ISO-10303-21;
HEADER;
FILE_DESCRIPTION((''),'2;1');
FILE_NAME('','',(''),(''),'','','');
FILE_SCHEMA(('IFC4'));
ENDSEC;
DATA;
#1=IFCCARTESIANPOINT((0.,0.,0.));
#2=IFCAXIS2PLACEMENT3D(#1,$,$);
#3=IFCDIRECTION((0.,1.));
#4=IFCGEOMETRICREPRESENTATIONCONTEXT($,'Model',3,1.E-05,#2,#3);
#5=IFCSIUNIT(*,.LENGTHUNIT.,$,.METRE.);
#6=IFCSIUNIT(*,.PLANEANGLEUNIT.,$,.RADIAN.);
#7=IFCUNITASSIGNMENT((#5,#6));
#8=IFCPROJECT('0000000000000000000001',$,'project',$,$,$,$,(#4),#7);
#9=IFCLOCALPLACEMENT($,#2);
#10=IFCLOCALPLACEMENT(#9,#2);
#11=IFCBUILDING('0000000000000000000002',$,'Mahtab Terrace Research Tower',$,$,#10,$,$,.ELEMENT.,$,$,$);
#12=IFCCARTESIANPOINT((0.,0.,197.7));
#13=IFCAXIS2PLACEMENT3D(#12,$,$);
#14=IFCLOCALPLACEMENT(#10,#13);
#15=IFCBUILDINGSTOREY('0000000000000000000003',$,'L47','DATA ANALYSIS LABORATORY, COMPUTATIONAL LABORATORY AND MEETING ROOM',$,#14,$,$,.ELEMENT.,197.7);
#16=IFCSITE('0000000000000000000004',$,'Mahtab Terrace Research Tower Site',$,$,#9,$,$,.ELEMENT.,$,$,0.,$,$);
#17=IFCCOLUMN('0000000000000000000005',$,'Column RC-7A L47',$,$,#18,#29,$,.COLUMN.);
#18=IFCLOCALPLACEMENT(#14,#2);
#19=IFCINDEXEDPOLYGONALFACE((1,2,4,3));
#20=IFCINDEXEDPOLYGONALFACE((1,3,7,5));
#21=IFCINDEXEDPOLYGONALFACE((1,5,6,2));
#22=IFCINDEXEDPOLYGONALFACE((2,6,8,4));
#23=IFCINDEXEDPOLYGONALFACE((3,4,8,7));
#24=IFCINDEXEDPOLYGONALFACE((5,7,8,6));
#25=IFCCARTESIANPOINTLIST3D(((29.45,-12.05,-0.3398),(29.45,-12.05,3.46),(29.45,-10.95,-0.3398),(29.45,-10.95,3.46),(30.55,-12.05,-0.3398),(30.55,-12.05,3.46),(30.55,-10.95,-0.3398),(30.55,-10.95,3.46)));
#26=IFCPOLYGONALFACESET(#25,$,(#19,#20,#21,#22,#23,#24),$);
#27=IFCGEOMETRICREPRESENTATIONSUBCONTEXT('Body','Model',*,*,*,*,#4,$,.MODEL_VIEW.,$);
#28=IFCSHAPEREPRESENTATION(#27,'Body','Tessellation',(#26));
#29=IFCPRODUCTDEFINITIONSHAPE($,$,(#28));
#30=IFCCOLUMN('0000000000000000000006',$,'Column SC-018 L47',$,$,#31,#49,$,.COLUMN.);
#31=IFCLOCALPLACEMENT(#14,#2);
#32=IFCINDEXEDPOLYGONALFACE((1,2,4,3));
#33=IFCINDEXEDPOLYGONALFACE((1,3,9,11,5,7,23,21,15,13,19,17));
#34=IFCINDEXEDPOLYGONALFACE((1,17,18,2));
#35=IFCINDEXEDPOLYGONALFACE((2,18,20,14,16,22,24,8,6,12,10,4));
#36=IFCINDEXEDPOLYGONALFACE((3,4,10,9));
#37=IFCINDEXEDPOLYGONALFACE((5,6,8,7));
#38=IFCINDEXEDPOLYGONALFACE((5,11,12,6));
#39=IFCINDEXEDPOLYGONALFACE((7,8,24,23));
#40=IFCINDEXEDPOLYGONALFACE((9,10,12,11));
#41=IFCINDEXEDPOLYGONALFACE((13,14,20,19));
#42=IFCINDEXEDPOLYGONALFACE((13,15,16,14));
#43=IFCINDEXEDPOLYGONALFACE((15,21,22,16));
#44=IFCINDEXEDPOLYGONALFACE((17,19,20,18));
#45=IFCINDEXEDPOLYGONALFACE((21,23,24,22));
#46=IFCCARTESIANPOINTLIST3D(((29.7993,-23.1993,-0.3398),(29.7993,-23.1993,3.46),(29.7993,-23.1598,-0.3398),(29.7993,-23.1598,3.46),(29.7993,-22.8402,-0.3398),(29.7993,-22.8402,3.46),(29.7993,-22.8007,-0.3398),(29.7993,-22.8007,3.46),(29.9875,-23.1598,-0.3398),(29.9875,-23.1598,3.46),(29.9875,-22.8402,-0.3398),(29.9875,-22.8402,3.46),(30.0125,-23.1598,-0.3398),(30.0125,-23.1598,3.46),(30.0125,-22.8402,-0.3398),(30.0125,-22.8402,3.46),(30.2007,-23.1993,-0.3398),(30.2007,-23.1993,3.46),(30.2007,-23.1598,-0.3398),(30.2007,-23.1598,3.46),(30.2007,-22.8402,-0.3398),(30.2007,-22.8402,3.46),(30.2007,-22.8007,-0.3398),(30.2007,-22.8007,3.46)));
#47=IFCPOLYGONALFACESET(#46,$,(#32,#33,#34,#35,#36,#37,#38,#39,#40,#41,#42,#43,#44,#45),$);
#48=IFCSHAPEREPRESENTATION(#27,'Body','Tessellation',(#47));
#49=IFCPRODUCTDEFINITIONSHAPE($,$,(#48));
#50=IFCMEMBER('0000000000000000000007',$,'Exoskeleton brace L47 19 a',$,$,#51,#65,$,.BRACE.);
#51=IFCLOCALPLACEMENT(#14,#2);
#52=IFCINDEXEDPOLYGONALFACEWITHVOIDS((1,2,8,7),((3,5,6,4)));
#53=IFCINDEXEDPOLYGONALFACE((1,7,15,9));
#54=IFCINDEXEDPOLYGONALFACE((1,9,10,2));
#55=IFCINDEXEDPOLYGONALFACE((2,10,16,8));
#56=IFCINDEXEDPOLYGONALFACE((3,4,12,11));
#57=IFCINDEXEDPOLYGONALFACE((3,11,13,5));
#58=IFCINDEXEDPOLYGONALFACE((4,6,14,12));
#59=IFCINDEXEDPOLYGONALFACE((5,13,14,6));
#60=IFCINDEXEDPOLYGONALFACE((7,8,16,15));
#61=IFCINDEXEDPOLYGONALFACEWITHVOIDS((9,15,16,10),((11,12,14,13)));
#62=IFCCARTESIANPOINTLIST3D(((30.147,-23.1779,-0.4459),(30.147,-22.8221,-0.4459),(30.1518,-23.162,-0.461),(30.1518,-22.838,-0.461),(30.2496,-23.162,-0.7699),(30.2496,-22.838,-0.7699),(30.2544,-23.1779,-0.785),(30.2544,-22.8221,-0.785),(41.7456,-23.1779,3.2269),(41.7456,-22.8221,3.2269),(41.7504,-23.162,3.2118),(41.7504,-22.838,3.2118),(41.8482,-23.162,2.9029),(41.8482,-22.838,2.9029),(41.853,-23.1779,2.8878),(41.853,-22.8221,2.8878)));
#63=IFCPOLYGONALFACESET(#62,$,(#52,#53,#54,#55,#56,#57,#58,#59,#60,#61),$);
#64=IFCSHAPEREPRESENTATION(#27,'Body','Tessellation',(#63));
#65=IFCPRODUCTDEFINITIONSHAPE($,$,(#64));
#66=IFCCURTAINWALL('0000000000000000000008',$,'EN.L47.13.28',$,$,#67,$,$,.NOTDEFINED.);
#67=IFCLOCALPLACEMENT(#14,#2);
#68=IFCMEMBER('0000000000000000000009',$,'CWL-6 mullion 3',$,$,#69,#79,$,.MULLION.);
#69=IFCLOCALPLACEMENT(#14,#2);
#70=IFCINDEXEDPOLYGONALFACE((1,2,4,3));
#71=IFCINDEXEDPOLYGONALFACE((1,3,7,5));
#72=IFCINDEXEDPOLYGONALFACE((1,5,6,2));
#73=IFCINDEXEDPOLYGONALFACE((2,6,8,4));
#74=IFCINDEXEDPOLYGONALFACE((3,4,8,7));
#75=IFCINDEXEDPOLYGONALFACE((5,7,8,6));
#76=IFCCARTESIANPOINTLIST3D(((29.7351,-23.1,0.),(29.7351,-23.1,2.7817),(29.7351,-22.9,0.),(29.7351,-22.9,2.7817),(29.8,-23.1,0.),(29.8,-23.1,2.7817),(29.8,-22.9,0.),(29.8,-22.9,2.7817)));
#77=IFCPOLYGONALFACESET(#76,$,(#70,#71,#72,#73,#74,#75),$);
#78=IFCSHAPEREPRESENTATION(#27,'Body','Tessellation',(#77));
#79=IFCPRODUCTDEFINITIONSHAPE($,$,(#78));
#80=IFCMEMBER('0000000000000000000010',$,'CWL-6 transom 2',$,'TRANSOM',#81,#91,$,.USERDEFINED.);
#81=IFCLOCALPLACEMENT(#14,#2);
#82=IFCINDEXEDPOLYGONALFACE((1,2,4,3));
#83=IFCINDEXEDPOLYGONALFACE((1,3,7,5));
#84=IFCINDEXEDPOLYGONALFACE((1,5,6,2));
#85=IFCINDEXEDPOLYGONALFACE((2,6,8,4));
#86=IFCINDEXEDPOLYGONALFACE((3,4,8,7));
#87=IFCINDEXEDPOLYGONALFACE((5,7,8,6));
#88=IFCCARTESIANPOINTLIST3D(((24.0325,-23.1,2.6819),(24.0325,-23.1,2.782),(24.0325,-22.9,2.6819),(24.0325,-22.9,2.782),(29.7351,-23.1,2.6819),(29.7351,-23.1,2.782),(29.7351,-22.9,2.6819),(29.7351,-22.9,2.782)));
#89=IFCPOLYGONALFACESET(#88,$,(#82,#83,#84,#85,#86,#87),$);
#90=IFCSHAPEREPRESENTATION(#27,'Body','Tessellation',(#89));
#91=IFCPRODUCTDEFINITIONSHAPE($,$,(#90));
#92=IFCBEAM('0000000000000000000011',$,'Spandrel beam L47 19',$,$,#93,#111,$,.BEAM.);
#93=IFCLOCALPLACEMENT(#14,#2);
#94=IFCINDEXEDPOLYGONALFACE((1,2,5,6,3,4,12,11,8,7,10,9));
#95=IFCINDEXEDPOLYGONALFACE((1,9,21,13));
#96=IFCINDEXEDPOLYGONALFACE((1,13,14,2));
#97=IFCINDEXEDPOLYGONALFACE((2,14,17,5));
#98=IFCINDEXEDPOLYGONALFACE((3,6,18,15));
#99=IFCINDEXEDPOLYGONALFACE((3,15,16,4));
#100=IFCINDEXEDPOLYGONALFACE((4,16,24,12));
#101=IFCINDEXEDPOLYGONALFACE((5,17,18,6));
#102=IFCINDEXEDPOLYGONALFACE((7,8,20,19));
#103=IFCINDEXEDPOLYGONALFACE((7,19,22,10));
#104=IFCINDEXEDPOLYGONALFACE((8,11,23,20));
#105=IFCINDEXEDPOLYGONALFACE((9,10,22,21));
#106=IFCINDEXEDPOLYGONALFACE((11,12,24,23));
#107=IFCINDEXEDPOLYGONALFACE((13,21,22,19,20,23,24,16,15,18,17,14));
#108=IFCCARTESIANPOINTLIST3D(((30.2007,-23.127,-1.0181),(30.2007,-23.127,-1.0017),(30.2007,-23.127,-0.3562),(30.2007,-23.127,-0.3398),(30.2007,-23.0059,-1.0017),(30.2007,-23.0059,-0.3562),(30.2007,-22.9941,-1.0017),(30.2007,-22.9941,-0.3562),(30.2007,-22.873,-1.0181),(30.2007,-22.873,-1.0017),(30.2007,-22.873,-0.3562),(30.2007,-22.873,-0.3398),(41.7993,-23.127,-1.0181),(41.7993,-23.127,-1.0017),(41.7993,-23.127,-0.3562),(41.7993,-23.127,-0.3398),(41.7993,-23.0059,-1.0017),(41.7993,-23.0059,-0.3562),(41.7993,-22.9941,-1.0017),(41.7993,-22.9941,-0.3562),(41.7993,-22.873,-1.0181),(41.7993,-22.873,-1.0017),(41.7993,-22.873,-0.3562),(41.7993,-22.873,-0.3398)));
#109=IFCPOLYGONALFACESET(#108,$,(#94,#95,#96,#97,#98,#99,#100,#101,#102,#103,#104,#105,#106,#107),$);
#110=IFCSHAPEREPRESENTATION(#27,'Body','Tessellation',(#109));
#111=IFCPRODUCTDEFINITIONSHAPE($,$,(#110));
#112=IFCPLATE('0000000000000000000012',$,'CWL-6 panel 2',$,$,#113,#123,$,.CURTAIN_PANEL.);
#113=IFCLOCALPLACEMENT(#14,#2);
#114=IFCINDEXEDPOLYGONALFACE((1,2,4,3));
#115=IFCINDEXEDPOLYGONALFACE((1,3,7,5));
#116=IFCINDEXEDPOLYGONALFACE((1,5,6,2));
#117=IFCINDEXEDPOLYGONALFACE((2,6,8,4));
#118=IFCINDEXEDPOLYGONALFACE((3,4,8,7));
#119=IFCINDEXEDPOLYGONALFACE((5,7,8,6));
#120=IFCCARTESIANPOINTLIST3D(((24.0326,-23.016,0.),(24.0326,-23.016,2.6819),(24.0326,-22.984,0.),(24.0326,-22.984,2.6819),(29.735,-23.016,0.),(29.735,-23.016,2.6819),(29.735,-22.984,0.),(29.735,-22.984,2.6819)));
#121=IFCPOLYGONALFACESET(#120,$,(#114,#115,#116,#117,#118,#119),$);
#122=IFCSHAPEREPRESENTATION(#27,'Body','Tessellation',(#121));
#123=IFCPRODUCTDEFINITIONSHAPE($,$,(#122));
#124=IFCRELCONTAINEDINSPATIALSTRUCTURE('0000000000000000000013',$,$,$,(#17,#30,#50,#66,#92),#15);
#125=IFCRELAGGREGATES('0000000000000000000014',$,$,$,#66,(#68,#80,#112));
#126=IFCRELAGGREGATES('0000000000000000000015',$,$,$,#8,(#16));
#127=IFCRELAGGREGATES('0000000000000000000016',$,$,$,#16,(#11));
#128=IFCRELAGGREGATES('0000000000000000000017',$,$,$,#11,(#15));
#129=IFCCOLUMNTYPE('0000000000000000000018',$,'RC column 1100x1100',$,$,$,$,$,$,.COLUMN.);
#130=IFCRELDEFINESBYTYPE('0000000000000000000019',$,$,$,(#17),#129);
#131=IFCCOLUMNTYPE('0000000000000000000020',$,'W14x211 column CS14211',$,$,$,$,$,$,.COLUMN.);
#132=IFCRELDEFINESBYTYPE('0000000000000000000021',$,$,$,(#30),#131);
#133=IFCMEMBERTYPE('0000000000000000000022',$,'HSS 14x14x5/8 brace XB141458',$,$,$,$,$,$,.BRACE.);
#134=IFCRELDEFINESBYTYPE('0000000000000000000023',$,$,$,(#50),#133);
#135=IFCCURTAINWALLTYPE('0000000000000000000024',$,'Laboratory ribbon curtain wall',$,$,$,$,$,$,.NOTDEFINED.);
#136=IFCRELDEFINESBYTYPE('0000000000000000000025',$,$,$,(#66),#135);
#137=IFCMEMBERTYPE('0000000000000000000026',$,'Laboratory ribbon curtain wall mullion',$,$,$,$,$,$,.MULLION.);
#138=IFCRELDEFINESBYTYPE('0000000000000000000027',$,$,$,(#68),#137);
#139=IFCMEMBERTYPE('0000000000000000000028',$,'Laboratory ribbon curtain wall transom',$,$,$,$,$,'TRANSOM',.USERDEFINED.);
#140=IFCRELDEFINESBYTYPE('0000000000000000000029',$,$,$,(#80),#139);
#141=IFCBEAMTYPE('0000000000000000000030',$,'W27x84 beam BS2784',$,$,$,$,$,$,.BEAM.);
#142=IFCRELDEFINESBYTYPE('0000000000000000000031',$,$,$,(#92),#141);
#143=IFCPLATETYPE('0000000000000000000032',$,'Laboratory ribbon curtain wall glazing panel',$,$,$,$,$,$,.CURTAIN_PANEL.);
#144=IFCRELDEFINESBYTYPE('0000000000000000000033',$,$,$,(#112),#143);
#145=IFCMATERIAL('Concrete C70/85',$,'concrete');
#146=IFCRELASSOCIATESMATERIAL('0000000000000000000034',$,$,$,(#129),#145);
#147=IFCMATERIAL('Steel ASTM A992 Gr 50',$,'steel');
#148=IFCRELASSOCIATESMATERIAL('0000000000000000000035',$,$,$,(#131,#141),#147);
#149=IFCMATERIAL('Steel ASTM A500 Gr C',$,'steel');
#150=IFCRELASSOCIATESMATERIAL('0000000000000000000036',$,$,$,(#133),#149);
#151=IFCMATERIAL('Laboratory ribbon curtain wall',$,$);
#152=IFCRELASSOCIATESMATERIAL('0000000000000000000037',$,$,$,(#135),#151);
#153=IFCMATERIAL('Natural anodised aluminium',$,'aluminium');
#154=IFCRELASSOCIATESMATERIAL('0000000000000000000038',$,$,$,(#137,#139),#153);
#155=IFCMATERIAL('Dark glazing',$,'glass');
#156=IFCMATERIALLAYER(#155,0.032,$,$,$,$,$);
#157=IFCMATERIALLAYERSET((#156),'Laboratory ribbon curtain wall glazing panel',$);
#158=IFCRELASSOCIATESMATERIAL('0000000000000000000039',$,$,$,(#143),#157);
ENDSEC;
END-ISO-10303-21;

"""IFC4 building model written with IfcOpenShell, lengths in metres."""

from ifc_helpers import new_model, si_unit, direction, frame, origin, origin_2d, place, context, subcontext, project, spatial, rectangle, hollow_rectangle, i_section, extrude, material, layer, layer_set, material_profile, profile_set, type_object, element, aggregate, save


model = new_model("IFC4")

# Units and contexts
model_context = context("Model", 3, precision=1e-05, world=origin(), true_north=direction((0.0, 1.0)))
body_context = subcontext(model_context, "Body", "Model", "MODEL_VIEW")
ifc_project = project(units=[si_unit("LENGTHUNIT", "METRE"), si_unit("PLANEANGLEUNIT", "RADIAN")], contexts=[model_context])

# Site, building, storey
site_placement = place(None, origin())
site = spatial("IfcSite", under=ifc_project, at=site_placement, Name="Mahtab Terrace Research Tower Site", CompositionType="ELEMENT", RefElevation=0.0)
building_placement = place(site_placement, origin())
building = spatial("IfcBuilding", under=site, at=building_placement, Name="Mahtab Terrace Research Tower", CompositionType="ELEMENT")
storey_placement = place(building_placement, frame((0.0, 0.0, 197.7)))
storey = spatial("IfcBuildingStorey", under=building, at=storey_placement, Name="L47", Description="DATA ANALYSIS LABORATORY, COMPUTATIONAL LABORATORY AND MEETING ROOM", CompositionType="ELEMENT", Elevation=197.7)

# Columns
ifc_material_1 = material(Name="Concrete C70/85", Category="concrete")
ifc_material_profile_1 = material_profile(ifc_material_1, rectangle(XDim=1.1001, YDim=1.1001, at=origin_2d()), Name="RC column 1100x1100")
ifc_profile_set_1 = profile_set([ifc_material_profile_1], Name="Concrete C70/85")
column_type_1 = type_object("IfcColumnType", Name="RC column 1100x1100", PredefinedType="COLUMN", material=ifc_profile_set_1)
column_1_placement = place(storey_placement, frame((30.0, -11.5, -0.3398), z_axis=(0.0, 0.0, 1.0), x_axis=(1.0, 0.0, 0.0)))
element("IfcColumn", 1, at=column_1_placement, inside=storey, type_object=column_type_1, Name="Column RC-7A L47", PredefinedType="COLUMN", context=body_context, shape_type="SweptSolid", body=[
    extrude(rectangle(XDim=1.1001, YDim=1.1001, at=origin_2d()), origin(), (0.0, 0.0, 1.0), 3.7998),
])
ifc_material_2 = material(Name="Steel ASTM A992 Gr 50", Category="steel")
ifc_material_profile_2 = material_profile(ifc_material_2, i_section(OverallWidth=0.4014, OverallDepth=0.3987, WebThickness=0.0249, FlangeThickness=0.0396, at=origin_2d()), Name="W14X211")
ifc_profile_set_2 = profile_set([ifc_material_profile_2], Name="Steel ASTM A992 Gr 50")
column_type_2 = type_object("IfcColumnType", Name="W14x211 column CS14211", PredefinedType="COLUMN", material=ifc_profile_set_2)
column_2_placement = place(storey_placement, frame((30.0, -23.0, -0.3398), z_axis=(0.0, 0.0, 1.0), x_axis=(1.0, 0.0, 0.0)))
element("IfcColumn", 2, at=column_2_placement, inside=storey, type_object=column_type_2, Name="Column SC-018 L47", PredefinedType="COLUMN", context=body_context, shape_type="SweptSolid", body=[
    extrude(i_section(OverallWidth=0.4014, OverallDepth=0.3987, WebThickness=0.0249, FlangeThickness=0.0396, at=origin_2d()), origin(), (0.0, 0.0, 1.0), 3.7998),
])

# Member
ifc_material_3 = material(Name="Steel ASTM A500 Gr C", Category="steel")
ifc_material_profile_3 = material_profile(ifc_material_3, hollow_rectangle(XDim=0.3557, YDim=0.3557, WallThickness=0.0159, at=origin_2d()), Name="HSS14X14X5/8")
ifc_profile_set_3 = profile_set([ifc_material_profile_3], Name="Steel ASTM A500 Gr C")
member_type_1 = type_object("IfcMemberType", Name="HSS 14x14x5/8 brace XB141458", PredefinedType="BRACE", material=ifc_profile_set_3)
member_1_placement = place(storey_placement, frame((30.2007, -23.0, -0.6155), z_axis=(0.953343, 0.0, 0.301888), x_axis=(0.0, 1.0, 0.0)))
element("IfcMember", 3, at=member_1_placement, inside=storey, type_object=member_type_1, Name="Exoskeleton brace L47 19 a", PredefinedType="BRACE", context=body_context, shape_type="SweptSolid", body=[
    extrude(hollow_rectangle(XDim=0.3557, YDim=0.3557, WallThickness=0.0159, at=origin_2d()), origin(), (0.0, 0.0, 1.0), 12.1663),
])

# Curtain wall, members
ifc_material_4 = material(Name="Laboratory ribbon curtain wall")
curtain_wall_type = type_object("IfcCurtainWallType", Name="Laboratory ribbon curtain wall", PredefinedType="NOTDEFINED", material=ifc_material_4)
curtain_wall_placement = place(storey_placement, origin())
curtain_wall = element("IfcCurtainWall", 4, at=curtain_wall_placement, inside=storey, type_object=curtain_wall_type, Name="EN.L47.13.28", PredefinedType="NOTDEFINED")
ifc_material_5 = material(Name="Natural anodised aluminium", Category="aluminium")
ifc_material_profile_4 = material_profile(ifc_material_5, rectangle(XDim=0.2, YDim=0.0649, at=origin_2d()), Name="MULLION 65x200")
ifc_profile_set_4 = profile_set([ifc_material_profile_4], Name="Natural anodised aluminium")
member_type_2 = type_object("IfcMemberType", Name="Laboratory ribbon curtain wall mullion", PredefinedType="MULLION", material=ifc_profile_set_4)
member_2_placement = place(storey_placement, frame((29.7676, -23.0, 0.0), z_axis=(0.0, 0.0, 1.0), x_axis=(0.0, 1.0, 0.0)))
member_2 = element("IfcMember", 5, at=member_2_placement, type_object=member_type_2, Name="CWL-6 mullion 3", PredefinedType="MULLION", context=body_context, shape_type="SweptSolid", body=[
    extrude(rectangle(XDim=0.2, YDim=0.0649, at=origin_2d()), origin(), (0.0, 0.0, 1.0), 2.7817),
])
ifc_material_profile_5 = material_profile(ifc_material_5, rectangle(XDim=0.2, YDim=0.1001, at=origin_2d()), Name="TRANSOM 100x200")
ifc_profile_set_5 = profile_set([ifc_material_profile_5], Name="Natural anodised aluminium")
member_type_3 = type_object("IfcMemberType", Name="Laboratory ribbon curtain wall transom", ElementType="TRANSOM", PredefinedType="USERDEFINED", material=ifc_profile_set_5)
member_3_placement = place(storey_placement, frame((24.0325, -23.0, 2.7319), z_axis=(1.0, 0.0, 0.0), x_axis=(0.0, 1.0, 0.0)))
member_3 = element("IfcMember", 6, at=member_3_placement, type_object=member_type_3, Name="CWL-6 transom 2", ObjectType="TRANSOM", PredefinedType="USERDEFINED", context=body_context, shape_type="SweptSolid", body=[
    extrude(rectangle(XDim=0.2, YDim=0.1001, at=origin_2d()), origin(), (0.0, 0.0, 1.0), 5.7026),
])

# Beam
ifc_material_profile_6 = material_profile(ifc_material_2, i_section(OverallWidth=0.2539, OverallDepth=0.6782, WebThickness=0.0117, FlangeThickness=0.0164, at=origin_2d()), Name="W27X84")
ifc_profile_set_6 = profile_set([ifc_material_profile_6], Name="Steel ASTM A992 Gr 50")
beam_type = type_object("IfcBeamType", Name="W27x84 beam BS2784", PredefinedType="BEAM", material=ifc_profile_set_6)
beam_placement = place(storey_placement, frame((30.2007, -23.0, -0.679), z_axis=(1.0, 0.0, 0.0), x_axis=(0.0, 1.0, 0.0)))
element("IfcBeam", 7, at=beam_placement, inside=storey, type_object=beam_type, Name="Spandrel beam L47 19", PredefinedType="BEAM", context=body_context, shape_type="SweptSolid", body=[
    extrude(i_section(OverallWidth=0.2539, OverallDepth=0.6782, WebThickness=0.0117, FlangeThickness=0.0164, at=origin_2d()), origin(), (0.0, 0.0, 1.0), 11.5986),
])

# Plate
ifc_material_6 = material(Name="Dark glazing", Category="glass")
ifc_layer_1 = layer(ifc_material_6, 0.032)
ifc_layer_set_1 = layer_set([ifc_layer_1], Name="Laboratory ribbon curtain wall glazing panel")
plate_type = type_object("IfcPlateType", Name="Laboratory ribbon curtain wall glazing panel", PredefinedType="CURTAIN_PANEL", material=ifc_layer_set_1)
plate_placement = place(storey_placement, frame((26.8838, -23.0, 0.0), z_axis=(0.0, 0.0, 1.0), x_axis=(1.0, 0.0, 0.0)))
plate = element("IfcPlate", 8, at=plate_placement, type_object=plate_type, Name="CWL-6 panel 2", PredefinedType="CURTAIN_PANEL", context=body_context, shape_type="SweptSolid", body=[
    extrude(rectangle(XDim=5.7024, YDim=0.032, at=origin_2d()), origin(), (0.0, 0.0, 1.0), 2.6819),
])
aggregate(curtain_wall, [member_2, member_3, plate])

save(model, "model.ifc")
